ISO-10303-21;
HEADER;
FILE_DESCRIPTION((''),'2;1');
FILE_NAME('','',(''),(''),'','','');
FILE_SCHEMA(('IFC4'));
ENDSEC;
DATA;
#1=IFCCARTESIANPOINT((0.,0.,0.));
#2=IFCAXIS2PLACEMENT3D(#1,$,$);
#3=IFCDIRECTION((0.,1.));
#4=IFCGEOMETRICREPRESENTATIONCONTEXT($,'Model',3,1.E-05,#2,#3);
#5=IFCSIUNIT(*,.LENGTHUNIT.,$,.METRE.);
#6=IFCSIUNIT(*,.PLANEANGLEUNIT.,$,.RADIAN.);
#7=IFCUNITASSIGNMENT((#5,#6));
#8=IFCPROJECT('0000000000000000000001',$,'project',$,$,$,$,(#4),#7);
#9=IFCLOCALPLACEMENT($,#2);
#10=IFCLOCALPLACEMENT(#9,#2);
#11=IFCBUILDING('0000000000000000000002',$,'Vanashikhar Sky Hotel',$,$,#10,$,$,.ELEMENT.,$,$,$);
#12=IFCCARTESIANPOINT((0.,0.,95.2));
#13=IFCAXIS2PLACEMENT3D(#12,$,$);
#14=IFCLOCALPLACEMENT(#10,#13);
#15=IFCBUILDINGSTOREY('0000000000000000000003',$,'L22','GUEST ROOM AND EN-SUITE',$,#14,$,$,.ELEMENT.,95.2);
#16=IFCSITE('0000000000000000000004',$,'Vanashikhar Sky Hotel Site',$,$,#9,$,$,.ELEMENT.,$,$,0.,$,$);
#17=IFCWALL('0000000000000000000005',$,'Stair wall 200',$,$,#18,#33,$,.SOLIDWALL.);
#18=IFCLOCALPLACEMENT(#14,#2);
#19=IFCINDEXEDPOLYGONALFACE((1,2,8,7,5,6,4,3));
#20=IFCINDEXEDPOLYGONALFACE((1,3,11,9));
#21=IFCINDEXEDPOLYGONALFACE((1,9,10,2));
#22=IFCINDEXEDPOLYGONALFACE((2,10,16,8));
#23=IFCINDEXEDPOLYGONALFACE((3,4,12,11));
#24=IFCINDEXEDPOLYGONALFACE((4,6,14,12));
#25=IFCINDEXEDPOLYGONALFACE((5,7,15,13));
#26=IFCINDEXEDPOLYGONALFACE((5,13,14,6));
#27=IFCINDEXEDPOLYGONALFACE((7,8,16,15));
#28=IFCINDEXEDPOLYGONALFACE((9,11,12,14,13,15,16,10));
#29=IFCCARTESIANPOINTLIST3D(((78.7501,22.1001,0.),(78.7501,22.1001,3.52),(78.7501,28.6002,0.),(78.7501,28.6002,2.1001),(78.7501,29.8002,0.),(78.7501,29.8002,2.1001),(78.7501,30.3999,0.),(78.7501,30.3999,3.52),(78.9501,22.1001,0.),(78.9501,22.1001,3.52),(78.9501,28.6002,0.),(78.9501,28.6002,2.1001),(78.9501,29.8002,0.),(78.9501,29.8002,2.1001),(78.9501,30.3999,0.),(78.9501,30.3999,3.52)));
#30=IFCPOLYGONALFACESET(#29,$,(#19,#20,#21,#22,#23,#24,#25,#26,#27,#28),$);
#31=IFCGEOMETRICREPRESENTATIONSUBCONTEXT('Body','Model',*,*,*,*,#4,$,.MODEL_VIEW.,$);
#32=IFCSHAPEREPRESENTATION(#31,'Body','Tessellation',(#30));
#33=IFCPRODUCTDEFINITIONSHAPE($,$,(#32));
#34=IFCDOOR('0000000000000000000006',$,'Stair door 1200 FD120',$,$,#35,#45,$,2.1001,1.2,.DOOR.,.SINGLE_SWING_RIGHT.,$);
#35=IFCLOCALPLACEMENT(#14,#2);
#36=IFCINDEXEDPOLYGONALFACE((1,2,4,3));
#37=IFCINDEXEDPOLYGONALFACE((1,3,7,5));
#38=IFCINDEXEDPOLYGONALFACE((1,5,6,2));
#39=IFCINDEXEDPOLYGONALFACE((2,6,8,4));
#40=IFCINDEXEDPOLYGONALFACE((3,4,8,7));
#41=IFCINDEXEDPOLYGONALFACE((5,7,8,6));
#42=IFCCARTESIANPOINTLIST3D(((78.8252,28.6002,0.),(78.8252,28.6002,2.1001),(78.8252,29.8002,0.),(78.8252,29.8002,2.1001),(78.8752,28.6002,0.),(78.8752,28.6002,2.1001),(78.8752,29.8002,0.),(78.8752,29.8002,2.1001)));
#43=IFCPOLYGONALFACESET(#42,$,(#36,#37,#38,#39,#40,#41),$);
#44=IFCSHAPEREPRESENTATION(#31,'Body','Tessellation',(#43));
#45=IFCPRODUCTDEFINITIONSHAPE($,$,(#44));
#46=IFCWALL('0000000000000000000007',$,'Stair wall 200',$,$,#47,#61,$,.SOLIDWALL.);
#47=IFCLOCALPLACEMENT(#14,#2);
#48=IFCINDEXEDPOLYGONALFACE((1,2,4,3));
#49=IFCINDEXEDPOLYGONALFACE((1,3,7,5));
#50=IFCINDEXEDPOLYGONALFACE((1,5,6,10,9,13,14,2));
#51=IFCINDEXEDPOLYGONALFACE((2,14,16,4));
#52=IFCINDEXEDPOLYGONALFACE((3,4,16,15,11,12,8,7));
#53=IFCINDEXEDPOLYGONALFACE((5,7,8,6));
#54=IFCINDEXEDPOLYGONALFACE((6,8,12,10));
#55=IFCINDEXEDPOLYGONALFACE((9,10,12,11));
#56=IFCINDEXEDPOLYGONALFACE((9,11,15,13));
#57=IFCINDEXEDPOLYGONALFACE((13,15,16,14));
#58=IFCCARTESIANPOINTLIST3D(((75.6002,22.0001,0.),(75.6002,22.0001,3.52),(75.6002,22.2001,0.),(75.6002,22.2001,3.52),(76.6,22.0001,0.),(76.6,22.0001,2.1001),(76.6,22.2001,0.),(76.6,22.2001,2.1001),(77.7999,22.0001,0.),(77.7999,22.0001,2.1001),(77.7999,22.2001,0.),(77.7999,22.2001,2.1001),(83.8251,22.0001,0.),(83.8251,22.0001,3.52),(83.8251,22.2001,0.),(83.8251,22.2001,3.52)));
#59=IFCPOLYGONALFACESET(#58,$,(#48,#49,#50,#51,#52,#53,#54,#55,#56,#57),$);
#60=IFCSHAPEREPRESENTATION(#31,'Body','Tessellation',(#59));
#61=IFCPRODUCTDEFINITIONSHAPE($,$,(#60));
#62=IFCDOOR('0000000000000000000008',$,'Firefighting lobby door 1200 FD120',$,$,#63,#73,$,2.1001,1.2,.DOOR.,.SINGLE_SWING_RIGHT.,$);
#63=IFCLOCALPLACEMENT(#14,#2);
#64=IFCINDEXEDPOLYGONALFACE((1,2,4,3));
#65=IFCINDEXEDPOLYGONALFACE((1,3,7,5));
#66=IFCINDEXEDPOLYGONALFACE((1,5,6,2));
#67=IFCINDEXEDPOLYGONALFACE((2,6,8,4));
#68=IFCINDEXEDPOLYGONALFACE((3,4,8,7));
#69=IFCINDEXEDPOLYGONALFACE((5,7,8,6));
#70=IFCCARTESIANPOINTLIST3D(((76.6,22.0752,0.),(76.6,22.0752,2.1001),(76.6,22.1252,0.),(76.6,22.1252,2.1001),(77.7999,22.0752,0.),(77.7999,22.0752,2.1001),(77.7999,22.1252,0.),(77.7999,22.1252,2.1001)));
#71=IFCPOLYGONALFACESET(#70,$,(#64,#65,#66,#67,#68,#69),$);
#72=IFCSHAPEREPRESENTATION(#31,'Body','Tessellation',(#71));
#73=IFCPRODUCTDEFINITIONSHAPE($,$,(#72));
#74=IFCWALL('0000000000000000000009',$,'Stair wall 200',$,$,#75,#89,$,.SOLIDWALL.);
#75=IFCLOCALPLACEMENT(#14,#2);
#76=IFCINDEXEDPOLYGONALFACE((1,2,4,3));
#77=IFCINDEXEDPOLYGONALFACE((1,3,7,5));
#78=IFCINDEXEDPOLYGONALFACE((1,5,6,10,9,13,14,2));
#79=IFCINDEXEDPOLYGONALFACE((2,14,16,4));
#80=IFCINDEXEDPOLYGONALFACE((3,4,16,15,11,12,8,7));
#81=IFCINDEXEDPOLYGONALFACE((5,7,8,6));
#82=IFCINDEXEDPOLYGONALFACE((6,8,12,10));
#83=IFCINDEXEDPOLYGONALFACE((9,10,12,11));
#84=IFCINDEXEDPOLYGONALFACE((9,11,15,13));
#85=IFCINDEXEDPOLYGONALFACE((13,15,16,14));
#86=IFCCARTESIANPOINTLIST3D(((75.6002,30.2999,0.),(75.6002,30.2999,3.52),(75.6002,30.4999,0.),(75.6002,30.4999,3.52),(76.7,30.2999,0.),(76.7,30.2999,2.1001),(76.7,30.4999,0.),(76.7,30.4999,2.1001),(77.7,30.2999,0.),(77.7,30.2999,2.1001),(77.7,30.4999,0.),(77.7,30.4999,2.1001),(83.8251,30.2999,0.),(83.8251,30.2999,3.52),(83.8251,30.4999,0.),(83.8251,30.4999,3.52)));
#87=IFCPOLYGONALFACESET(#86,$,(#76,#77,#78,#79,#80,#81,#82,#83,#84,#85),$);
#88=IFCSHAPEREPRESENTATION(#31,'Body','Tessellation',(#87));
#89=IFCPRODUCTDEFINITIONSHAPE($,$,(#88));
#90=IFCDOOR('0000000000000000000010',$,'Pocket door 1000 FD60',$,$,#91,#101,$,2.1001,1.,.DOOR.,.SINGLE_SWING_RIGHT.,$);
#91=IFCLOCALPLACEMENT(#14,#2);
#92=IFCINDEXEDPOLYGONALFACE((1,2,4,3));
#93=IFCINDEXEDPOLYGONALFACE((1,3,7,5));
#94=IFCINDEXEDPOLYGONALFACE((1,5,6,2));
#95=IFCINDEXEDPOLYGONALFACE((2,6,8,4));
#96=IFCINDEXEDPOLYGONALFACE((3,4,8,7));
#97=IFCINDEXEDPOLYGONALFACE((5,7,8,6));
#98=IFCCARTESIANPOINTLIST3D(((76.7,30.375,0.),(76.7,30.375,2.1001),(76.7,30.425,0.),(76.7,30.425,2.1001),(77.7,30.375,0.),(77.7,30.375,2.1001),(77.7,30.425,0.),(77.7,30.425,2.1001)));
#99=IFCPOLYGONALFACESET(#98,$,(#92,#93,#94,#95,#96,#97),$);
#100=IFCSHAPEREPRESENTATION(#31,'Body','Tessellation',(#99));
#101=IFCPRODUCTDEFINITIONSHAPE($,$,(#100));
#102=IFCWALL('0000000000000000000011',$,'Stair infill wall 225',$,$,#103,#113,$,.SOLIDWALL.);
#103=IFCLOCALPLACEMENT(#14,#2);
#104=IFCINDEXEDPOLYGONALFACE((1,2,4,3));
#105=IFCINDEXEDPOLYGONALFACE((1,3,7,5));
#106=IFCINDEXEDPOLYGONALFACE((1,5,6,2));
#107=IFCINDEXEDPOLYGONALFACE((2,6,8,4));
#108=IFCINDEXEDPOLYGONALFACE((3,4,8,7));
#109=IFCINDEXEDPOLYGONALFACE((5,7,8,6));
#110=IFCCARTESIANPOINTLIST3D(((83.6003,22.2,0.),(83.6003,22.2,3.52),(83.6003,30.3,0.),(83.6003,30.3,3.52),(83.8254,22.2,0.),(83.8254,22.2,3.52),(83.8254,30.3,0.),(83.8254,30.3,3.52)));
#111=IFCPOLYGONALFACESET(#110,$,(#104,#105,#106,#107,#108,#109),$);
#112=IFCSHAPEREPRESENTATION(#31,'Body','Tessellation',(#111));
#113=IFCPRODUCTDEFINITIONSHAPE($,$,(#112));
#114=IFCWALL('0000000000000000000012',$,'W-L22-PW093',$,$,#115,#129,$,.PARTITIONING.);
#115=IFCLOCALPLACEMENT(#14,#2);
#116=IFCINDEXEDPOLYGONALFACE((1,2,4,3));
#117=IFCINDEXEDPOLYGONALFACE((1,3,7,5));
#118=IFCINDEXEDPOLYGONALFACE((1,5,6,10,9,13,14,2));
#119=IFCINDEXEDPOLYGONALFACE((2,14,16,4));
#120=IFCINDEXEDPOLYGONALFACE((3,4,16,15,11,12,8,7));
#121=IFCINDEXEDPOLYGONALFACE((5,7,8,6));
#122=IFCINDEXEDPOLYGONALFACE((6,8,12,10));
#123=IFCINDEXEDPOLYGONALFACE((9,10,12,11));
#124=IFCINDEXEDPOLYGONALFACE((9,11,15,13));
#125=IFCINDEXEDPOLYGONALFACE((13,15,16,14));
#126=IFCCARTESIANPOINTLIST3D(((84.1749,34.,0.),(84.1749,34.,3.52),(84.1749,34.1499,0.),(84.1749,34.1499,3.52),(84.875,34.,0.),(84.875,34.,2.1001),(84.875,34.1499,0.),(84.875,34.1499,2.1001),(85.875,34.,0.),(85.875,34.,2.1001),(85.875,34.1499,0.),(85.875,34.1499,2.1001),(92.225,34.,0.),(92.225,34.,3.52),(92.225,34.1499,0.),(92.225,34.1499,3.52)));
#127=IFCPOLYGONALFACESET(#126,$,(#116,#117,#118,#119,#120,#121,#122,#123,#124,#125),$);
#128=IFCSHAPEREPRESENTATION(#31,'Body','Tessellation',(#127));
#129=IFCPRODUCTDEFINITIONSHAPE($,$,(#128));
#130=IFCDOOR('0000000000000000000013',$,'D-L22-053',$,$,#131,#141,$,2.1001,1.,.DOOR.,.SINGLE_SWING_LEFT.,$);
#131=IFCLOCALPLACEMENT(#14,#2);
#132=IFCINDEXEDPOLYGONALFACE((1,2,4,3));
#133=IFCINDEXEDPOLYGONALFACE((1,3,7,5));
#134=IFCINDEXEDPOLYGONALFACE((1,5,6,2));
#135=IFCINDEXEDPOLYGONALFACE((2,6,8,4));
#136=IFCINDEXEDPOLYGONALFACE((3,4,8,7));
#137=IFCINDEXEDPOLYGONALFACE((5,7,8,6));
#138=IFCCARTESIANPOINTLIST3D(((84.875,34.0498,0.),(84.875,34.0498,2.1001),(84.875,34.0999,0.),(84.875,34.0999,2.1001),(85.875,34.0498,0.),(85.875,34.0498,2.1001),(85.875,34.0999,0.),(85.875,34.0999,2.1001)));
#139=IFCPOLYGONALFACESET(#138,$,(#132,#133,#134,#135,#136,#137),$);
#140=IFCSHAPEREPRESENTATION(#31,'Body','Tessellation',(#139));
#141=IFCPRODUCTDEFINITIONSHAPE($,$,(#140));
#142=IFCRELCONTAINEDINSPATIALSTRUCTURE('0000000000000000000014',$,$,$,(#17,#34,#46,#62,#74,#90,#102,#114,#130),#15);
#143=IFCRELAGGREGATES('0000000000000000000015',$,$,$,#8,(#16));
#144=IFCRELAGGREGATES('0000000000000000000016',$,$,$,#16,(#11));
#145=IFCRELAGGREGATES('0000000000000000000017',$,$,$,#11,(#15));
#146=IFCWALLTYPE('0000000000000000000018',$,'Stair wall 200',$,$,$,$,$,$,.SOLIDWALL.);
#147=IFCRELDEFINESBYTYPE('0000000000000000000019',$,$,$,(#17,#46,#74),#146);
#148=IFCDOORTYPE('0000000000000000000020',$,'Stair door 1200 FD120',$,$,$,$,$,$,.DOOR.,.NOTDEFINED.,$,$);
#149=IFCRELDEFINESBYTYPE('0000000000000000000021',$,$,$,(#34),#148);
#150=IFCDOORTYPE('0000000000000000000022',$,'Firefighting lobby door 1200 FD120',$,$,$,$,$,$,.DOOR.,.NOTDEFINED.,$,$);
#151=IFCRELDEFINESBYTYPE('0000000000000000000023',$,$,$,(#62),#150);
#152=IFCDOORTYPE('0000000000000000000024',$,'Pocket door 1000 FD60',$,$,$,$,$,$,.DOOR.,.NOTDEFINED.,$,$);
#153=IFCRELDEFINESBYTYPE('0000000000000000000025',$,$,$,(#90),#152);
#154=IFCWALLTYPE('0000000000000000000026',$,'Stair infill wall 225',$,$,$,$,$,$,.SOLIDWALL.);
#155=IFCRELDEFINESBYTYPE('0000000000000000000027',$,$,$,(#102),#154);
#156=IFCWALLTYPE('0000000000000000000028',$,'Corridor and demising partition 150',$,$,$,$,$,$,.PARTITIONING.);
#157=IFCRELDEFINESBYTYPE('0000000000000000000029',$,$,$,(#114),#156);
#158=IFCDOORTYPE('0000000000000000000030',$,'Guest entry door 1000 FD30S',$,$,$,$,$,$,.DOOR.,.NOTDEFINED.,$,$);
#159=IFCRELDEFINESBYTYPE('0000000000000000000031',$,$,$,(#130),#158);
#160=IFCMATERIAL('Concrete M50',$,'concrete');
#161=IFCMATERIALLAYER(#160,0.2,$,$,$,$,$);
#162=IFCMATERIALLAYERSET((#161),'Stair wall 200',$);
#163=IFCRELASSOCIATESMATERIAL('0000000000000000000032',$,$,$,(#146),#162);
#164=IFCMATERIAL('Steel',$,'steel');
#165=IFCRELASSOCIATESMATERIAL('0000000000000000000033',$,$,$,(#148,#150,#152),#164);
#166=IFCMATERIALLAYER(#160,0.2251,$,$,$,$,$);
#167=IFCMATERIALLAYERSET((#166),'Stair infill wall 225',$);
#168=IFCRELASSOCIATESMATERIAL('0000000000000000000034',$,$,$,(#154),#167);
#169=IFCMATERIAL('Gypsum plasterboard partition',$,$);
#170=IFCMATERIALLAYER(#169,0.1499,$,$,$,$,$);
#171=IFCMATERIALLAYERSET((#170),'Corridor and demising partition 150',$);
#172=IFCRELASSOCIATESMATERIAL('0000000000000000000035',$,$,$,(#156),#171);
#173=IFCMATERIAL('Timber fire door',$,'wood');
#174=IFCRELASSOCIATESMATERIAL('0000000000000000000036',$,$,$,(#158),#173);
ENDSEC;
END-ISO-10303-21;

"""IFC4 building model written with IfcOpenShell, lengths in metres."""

from ifc_helpers import new_model, si_unit, direction, frame, frame_2d, origin, place, context, subcontext, project, spatial, rectangle, extrude, source, transform, mapped, material, layer, layer_set, type_object, element, fill, save


model = new_model("IFC4")

# Units and contexts
model_context = context("Model", 3, precision=1e-05, world=origin(), true_north=direction((0.0, 1.0)))
body_context = subcontext(model_context, "Body", "Model", "MODEL_VIEW")
ifc_project = project(units=[si_unit("LENGTHUNIT", "METRE"), si_unit("PLANEANGLEUNIT", "RADIAN")], contexts=[model_context])

# Site, building, storey
site_placement = place(None, origin())
site = spatial("IfcSite", under=ifc_project, at=site_placement, Name="Vanashikhar Sky Hotel Site", CompositionType="ELEMENT", RefElevation=0.0)
building_placement = place(site_placement, origin())
building = spatial("IfcBuilding", under=site, at=building_placement, Name="Vanashikhar Sky Hotel", CompositionType="ELEMENT")
storey_placement = place(building_placement, frame((0.0, 0.0, 95.2)))
storey = spatial("IfcBuildingStorey", under=building, at=storey_placement, Name="L22", Description="GUEST ROOM AND EN-SUITE", CompositionType="ELEMENT", Elevation=95.2)

# Shared definitions
ifc_material_1 = material(Name="Concrete M50", Category="concrete")

# Shared definitions
ifc_material_2 = material(Name="Steel", Category="steel")
shared_shape_1 = source(origin(), body_context, "Body", "SweptSolid", [
    extrude(rectangle(XDim=1.2, YDim=2.1001, at=frame_2d((0.6001, 1.05))), frame((0.0, 0.0249, 0.0), z_axis=(0.0, -1.0, 0.0), x_axis=(1.0, 0.0, 0.0)), (0.0, 0.0, 1.0), 0.05),
])

# Walls, openings, doors
ifc_layer_1 = layer(ifc_material_1, 0.2)
ifc_layer_set_1 = layer_set([ifc_layer_1], Name="Stair wall 200")
wall_type_1 = type_object("IfcWallType", Name="Stair wall 200", PredefinedType="SOLIDWALL", material=ifc_layer_set_1)
shared_shape_2 = source(origin(), body_context, "Body", "SweptSolid", [
    extrude(rectangle(XDim=8.2998, YDim=0.2, at=frame_2d((4.1499, 0.0))), origin(), (0.0, 0.0, 1.0), 3.52),
])
wall_1_placement = place(storey_placement, frame((78.8501, 22.1001, 0.0), z_axis=(0.0, 0.0, 1.0), x_axis=(0.0, 1.0, 0.0)))
wall_1 = element("IfcWall", 1, at=wall_1_placement, inside=storey, type_object=wall_type_1, Name="Stair wall 200", PredefinedType="SOLIDWALL", context=body_context, shape_type="MappedRepresentation", body=[
    mapped(shared_shape_2, transform((0.0, 0.0, 0.0), scale=1.0)),
])
shared_shape_3 = source(origin(), body_context, "Body", "SweptSolid", [
    extrude(rectangle(XDim=1.2, YDim=2.1001, at=frame_2d((0.6001, 1.05))), frame((0.0, 0.1099, 0.0), z_axis=(0.0, -1.0, 0.0), x_axis=(1.0, 0.0, 0.0)), (0.0, 0.0, 1.0), 0.22),
])
opening_1_placement = place(wall_1_placement, frame((6.5, 0.0, 0.0)))
opening_1 = element("IfcOpeningElement", 2, at=opening_1_placement, cuts=wall_1, PredefinedType="OPENING", context=body_context, shape_type="MappedRepresentation", body=[
    mapped(shared_shape_3, transform((0.0, 0.0, 0.0), scale=1.0)),
])
door_type_1 = type_object("IfcDoorType", Name="Stair door 1200 FD120", OperationType="NOTDEFINED", PredefinedType="DOOR", material=ifc_material_2)
door_1_placement = place(opening_1_placement, origin())
door_1 = element("IfcDoor", 3, at=door_1_placement, inside=storey, type_object=door_type_1, Name="Stair door 1200 FD120", OperationType="SINGLE_SWING_RIGHT", OverallHeight=2.1001, OverallWidth=1.2, PredefinedType="DOOR", context=body_context, shape_type="MappedRepresentation", body=[
    mapped(shared_shape_1, transform((0.0, 0.0, 0.0), scale=1.0)),
])
fill(opening_1, door_1)
shared_shape_4 = source(origin(), body_context, "Body", "SweptSolid", [
    extrude(rectangle(XDim=8.2249, YDim=0.2, at=frame_2d((4.1123, 0.0))), origin(), (0.0, 0.0, 1.0), 3.52),
])
wall_2_placement = place(storey_placement, frame((83.825, 22.1001, 0.0), z_axis=(0.0, 0.0, 1.0), x_axis=(-1.0, 0.0, 0.0)))
wall_2 = element("IfcWall", 4, at=wall_2_placement, inside=storey, type_object=wall_type_1, Name="Stair wall 200", PredefinedType="SOLIDWALL", context=body_context, shape_type="MappedRepresentation", body=[
    mapped(shared_shape_4, transform((0.0, 0.0, 0.0), scale=1.0)),
])
opening_2_placement = place(wall_2_placement, frame((6.0249, 0.0, 0.0)))
opening_2 = element("IfcOpeningElement", 5, at=opening_2_placement, cuts=wall_2, PredefinedType="OPENING", context=body_context, shape_type="MappedRepresentation", body=[
    mapped(shared_shape_3, transform((0.0, 0.0, 0.0), scale=1.0)),
])
door_type_2 = type_object("IfcDoorType", Name="Firefighting lobby door 1200 FD120", OperationType="NOTDEFINED", PredefinedType="DOOR", material=ifc_material_2)
door_2_placement = place(opening_2_placement, origin())
door_2 = element("IfcDoor", 6, at=door_2_placement, inside=storey, type_object=door_type_2, Name="Firefighting lobby door 1200 FD120", OperationType="SINGLE_SWING_RIGHT", OverallHeight=2.1001, OverallWidth=1.2, PredefinedType="DOOR", context=body_context, shape_type="MappedRepresentation", body=[
    mapped(shared_shape_1, transform((0.0, 0.0, 0.0), scale=1.0)),
])
fill(opening_2, door_2)
wall_3_placement = place(storey_placement, frame((83.825, 30.3999, 0.0), z_axis=(0.0, 0.0, 1.0), x_axis=(-1.0, 0.0, 0.0)))
wall_3 = element("IfcWall", 7, at=wall_3_placement, inside=storey, type_object=wall_type_1, Name="Stair wall 200", PredefinedType="SOLIDWALL", context=body_context, shape_type="MappedRepresentation", body=[
    mapped(shared_shape_4, transform((0.0, 0.0, 0.0), scale=1.0)),
])
shared_shape_5 = source(origin(), body_context, "Body", "SweptSolid", [
    extrude(rectangle(XDim=1.0, YDim=2.1001, at=frame_2d((0.5, 1.05))), frame((0.0, 0.1099, 0.0), z_axis=(0.0, -1.0, 0.0), x_axis=(1.0, 0.0, 0.0)), (0.0, 0.0, 1.0), 0.22),
])
opening_3_placement = place(wall_3_placement, frame((6.125, 0.0, 0.0)))
opening_3 = element("IfcOpeningElement", 8, at=opening_3_placement, cuts=wall_3, PredefinedType="OPENING", context=body_context, shape_type="MappedRepresentation", body=[
    mapped(shared_shape_5, transform((0.0, 0.0, 0.0), scale=1.0)),
])
door_type_3 = type_object("IfcDoorType", Name="Pocket door 1000 FD60", OperationType="NOTDEFINED", PredefinedType="DOOR", material=ifc_material_2)
shared_shape_6 = source(origin(), body_context, "Body", "SweptSolid", [
    extrude(rectangle(XDim=1.0, YDim=2.1001, at=frame_2d((0.5, 1.05))), frame((0.0, 0.0249, 0.0), z_axis=(0.0, -1.0, 0.0), x_axis=(1.0, 0.0, 0.0)), (0.0, 0.0, 1.0), 0.05),
])
door_3_placement = place(opening_3_placement, origin())
door_3 = element("IfcDoor", 9, at=door_3_placement, inside=storey, type_object=door_type_3, Name="Pocket door 1000 FD60", OperationType="SINGLE_SWING_RIGHT", OverallHeight=2.1001, OverallWidth=1.0, PredefinedType="DOOR", context=body_context, shape_type="MappedRepresentation", body=[
    mapped(shared_shape_6, transform((0.0, 0.0, 0.0), scale=1.0)),
])
fill(opening_3, door_3)

# Wall
ifc_layer_2 = layer(ifc_material_1, 0.2251)
ifc_layer_set_2 = layer_set([ifc_layer_2], Name="Stair infill wall 225")
wall_type_2 = type_object("IfcWallType", Name="Stair infill wall 225", PredefinedType="SOLIDWALL", material=ifc_layer_set_2)
shared_shape_7 = source(origin(), body_context, "Body", "SweptSolid", [
    extrude(rectangle(XDim=8.1001, YDim=0.2251, at=frame_2d((4.05, 0.0))), origin(), (0.0, 0.0, 1.0), 3.52),
])
wall_4_placement = place(storey_placement, frame((83.7129, 22.2, 0.0), z_axis=(0.0, 0.0, 1.0), x_axis=(0.0, 1.0, 0.0)))
element("IfcWall", 10, at=wall_4_placement, inside=storey, type_object=wall_type_2, Name="Stair infill wall 225", PredefinedType="SOLIDWALL", context=body_context, shape_type="MappedRepresentation", body=[
    mapped(shared_shape_7, transform((0.0, 0.0, 0.0), scale=1.0)),
])

# Wall, opening, door
ifc_material_3 = material(Name="Gypsum plasterboard partition")
ifc_layer_3 = layer(ifc_material_3, 0.1499)
ifc_layer_set_3 = layer_set([ifc_layer_3], Name="Corridor and demising partition 150")
wall_type_3 = type_object("IfcWallType", Name="Corridor and demising partition 150", PredefinedType="PARTITIONING", material=ifc_layer_set_3)
shared_shape_8 = source(origin(), body_context, "Body", "SweptSolid", [
    extrude(rectangle(XDim=8.05, YDim=0.1499, at=frame_2d((4.0249, 0.0))), origin(), (0.0, 0.0, 1.0), 3.52),
])
wall_5_placement = place(storey_placement, frame((84.175, 34.075, 0.0), z_axis=(0.0, 0.0, 1.0), x_axis=(1.0, 0.0, 0.0)))
wall_5 = element("IfcWall", 11, at=wall_5_placement, inside=storey, type_object=wall_type_3, Name="W-L22-PW093", PredefinedType="PARTITIONING", context=body_context, shape_type="MappedRepresentation", body=[
    mapped(shared_shape_8, transform((0.0, 0.0, 0.0), scale=1.0)),
])
shared_shape_9 = source(origin(), body_context, "Body", "SweptSolid", [
    extrude(rectangle(XDim=1.0, YDim=2.1001, at=frame_2d((0.5, 1.05))), frame((0.0, 0.085, 0.0), z_axis=(0.0, -1.0, 0.0), x_axis=(1.0, 0.0, 0.0)), (0.0, 0.0, 1.0), 0.1699),
])
opening_4_placement = place(wall_5_placement, frame((0.7, 0.0, 0.0)))
opening_4 = element("IfcOpeningElement", 12, at=opening_4_placement, cuts=wall_5, PredefinedType="OPENING", context=body_context, shape_type="MappedRepresentation", body=[
    mapped(shared_shape_9, transform((0.0, 0.0, 0.0), scale=1.0)),
])
ifc_material_4 = material(Name="Timber fire door", Category="wood")
door_type_4 = type_object("IfcDoorType", Name="Guest entry door 1000 FD30S", OperationType="NOTDEFINED", PredefinedType="DOOR", material=ifc_material_4)
door_4_placement = place(opening_4_placement, origin())
door_4 = element("IfcDoor", 13, at=door_4_placement, inside=storey, type_object=door_type_4, Name="D-L22-053", OperationType="SINGLE_SWING_LEFT", OverallHeight=2.1001, OverallWidth=1.0, PredefinedType="DOOR", context=body_context, shape_type="MappedRepresentation", body=[
    mapped(shared_shape_6, transform((0.0, 0.0, 0.0), scale=1.0)),
])
fill(opening_4, door_4)

save(model, "model.ifc")
